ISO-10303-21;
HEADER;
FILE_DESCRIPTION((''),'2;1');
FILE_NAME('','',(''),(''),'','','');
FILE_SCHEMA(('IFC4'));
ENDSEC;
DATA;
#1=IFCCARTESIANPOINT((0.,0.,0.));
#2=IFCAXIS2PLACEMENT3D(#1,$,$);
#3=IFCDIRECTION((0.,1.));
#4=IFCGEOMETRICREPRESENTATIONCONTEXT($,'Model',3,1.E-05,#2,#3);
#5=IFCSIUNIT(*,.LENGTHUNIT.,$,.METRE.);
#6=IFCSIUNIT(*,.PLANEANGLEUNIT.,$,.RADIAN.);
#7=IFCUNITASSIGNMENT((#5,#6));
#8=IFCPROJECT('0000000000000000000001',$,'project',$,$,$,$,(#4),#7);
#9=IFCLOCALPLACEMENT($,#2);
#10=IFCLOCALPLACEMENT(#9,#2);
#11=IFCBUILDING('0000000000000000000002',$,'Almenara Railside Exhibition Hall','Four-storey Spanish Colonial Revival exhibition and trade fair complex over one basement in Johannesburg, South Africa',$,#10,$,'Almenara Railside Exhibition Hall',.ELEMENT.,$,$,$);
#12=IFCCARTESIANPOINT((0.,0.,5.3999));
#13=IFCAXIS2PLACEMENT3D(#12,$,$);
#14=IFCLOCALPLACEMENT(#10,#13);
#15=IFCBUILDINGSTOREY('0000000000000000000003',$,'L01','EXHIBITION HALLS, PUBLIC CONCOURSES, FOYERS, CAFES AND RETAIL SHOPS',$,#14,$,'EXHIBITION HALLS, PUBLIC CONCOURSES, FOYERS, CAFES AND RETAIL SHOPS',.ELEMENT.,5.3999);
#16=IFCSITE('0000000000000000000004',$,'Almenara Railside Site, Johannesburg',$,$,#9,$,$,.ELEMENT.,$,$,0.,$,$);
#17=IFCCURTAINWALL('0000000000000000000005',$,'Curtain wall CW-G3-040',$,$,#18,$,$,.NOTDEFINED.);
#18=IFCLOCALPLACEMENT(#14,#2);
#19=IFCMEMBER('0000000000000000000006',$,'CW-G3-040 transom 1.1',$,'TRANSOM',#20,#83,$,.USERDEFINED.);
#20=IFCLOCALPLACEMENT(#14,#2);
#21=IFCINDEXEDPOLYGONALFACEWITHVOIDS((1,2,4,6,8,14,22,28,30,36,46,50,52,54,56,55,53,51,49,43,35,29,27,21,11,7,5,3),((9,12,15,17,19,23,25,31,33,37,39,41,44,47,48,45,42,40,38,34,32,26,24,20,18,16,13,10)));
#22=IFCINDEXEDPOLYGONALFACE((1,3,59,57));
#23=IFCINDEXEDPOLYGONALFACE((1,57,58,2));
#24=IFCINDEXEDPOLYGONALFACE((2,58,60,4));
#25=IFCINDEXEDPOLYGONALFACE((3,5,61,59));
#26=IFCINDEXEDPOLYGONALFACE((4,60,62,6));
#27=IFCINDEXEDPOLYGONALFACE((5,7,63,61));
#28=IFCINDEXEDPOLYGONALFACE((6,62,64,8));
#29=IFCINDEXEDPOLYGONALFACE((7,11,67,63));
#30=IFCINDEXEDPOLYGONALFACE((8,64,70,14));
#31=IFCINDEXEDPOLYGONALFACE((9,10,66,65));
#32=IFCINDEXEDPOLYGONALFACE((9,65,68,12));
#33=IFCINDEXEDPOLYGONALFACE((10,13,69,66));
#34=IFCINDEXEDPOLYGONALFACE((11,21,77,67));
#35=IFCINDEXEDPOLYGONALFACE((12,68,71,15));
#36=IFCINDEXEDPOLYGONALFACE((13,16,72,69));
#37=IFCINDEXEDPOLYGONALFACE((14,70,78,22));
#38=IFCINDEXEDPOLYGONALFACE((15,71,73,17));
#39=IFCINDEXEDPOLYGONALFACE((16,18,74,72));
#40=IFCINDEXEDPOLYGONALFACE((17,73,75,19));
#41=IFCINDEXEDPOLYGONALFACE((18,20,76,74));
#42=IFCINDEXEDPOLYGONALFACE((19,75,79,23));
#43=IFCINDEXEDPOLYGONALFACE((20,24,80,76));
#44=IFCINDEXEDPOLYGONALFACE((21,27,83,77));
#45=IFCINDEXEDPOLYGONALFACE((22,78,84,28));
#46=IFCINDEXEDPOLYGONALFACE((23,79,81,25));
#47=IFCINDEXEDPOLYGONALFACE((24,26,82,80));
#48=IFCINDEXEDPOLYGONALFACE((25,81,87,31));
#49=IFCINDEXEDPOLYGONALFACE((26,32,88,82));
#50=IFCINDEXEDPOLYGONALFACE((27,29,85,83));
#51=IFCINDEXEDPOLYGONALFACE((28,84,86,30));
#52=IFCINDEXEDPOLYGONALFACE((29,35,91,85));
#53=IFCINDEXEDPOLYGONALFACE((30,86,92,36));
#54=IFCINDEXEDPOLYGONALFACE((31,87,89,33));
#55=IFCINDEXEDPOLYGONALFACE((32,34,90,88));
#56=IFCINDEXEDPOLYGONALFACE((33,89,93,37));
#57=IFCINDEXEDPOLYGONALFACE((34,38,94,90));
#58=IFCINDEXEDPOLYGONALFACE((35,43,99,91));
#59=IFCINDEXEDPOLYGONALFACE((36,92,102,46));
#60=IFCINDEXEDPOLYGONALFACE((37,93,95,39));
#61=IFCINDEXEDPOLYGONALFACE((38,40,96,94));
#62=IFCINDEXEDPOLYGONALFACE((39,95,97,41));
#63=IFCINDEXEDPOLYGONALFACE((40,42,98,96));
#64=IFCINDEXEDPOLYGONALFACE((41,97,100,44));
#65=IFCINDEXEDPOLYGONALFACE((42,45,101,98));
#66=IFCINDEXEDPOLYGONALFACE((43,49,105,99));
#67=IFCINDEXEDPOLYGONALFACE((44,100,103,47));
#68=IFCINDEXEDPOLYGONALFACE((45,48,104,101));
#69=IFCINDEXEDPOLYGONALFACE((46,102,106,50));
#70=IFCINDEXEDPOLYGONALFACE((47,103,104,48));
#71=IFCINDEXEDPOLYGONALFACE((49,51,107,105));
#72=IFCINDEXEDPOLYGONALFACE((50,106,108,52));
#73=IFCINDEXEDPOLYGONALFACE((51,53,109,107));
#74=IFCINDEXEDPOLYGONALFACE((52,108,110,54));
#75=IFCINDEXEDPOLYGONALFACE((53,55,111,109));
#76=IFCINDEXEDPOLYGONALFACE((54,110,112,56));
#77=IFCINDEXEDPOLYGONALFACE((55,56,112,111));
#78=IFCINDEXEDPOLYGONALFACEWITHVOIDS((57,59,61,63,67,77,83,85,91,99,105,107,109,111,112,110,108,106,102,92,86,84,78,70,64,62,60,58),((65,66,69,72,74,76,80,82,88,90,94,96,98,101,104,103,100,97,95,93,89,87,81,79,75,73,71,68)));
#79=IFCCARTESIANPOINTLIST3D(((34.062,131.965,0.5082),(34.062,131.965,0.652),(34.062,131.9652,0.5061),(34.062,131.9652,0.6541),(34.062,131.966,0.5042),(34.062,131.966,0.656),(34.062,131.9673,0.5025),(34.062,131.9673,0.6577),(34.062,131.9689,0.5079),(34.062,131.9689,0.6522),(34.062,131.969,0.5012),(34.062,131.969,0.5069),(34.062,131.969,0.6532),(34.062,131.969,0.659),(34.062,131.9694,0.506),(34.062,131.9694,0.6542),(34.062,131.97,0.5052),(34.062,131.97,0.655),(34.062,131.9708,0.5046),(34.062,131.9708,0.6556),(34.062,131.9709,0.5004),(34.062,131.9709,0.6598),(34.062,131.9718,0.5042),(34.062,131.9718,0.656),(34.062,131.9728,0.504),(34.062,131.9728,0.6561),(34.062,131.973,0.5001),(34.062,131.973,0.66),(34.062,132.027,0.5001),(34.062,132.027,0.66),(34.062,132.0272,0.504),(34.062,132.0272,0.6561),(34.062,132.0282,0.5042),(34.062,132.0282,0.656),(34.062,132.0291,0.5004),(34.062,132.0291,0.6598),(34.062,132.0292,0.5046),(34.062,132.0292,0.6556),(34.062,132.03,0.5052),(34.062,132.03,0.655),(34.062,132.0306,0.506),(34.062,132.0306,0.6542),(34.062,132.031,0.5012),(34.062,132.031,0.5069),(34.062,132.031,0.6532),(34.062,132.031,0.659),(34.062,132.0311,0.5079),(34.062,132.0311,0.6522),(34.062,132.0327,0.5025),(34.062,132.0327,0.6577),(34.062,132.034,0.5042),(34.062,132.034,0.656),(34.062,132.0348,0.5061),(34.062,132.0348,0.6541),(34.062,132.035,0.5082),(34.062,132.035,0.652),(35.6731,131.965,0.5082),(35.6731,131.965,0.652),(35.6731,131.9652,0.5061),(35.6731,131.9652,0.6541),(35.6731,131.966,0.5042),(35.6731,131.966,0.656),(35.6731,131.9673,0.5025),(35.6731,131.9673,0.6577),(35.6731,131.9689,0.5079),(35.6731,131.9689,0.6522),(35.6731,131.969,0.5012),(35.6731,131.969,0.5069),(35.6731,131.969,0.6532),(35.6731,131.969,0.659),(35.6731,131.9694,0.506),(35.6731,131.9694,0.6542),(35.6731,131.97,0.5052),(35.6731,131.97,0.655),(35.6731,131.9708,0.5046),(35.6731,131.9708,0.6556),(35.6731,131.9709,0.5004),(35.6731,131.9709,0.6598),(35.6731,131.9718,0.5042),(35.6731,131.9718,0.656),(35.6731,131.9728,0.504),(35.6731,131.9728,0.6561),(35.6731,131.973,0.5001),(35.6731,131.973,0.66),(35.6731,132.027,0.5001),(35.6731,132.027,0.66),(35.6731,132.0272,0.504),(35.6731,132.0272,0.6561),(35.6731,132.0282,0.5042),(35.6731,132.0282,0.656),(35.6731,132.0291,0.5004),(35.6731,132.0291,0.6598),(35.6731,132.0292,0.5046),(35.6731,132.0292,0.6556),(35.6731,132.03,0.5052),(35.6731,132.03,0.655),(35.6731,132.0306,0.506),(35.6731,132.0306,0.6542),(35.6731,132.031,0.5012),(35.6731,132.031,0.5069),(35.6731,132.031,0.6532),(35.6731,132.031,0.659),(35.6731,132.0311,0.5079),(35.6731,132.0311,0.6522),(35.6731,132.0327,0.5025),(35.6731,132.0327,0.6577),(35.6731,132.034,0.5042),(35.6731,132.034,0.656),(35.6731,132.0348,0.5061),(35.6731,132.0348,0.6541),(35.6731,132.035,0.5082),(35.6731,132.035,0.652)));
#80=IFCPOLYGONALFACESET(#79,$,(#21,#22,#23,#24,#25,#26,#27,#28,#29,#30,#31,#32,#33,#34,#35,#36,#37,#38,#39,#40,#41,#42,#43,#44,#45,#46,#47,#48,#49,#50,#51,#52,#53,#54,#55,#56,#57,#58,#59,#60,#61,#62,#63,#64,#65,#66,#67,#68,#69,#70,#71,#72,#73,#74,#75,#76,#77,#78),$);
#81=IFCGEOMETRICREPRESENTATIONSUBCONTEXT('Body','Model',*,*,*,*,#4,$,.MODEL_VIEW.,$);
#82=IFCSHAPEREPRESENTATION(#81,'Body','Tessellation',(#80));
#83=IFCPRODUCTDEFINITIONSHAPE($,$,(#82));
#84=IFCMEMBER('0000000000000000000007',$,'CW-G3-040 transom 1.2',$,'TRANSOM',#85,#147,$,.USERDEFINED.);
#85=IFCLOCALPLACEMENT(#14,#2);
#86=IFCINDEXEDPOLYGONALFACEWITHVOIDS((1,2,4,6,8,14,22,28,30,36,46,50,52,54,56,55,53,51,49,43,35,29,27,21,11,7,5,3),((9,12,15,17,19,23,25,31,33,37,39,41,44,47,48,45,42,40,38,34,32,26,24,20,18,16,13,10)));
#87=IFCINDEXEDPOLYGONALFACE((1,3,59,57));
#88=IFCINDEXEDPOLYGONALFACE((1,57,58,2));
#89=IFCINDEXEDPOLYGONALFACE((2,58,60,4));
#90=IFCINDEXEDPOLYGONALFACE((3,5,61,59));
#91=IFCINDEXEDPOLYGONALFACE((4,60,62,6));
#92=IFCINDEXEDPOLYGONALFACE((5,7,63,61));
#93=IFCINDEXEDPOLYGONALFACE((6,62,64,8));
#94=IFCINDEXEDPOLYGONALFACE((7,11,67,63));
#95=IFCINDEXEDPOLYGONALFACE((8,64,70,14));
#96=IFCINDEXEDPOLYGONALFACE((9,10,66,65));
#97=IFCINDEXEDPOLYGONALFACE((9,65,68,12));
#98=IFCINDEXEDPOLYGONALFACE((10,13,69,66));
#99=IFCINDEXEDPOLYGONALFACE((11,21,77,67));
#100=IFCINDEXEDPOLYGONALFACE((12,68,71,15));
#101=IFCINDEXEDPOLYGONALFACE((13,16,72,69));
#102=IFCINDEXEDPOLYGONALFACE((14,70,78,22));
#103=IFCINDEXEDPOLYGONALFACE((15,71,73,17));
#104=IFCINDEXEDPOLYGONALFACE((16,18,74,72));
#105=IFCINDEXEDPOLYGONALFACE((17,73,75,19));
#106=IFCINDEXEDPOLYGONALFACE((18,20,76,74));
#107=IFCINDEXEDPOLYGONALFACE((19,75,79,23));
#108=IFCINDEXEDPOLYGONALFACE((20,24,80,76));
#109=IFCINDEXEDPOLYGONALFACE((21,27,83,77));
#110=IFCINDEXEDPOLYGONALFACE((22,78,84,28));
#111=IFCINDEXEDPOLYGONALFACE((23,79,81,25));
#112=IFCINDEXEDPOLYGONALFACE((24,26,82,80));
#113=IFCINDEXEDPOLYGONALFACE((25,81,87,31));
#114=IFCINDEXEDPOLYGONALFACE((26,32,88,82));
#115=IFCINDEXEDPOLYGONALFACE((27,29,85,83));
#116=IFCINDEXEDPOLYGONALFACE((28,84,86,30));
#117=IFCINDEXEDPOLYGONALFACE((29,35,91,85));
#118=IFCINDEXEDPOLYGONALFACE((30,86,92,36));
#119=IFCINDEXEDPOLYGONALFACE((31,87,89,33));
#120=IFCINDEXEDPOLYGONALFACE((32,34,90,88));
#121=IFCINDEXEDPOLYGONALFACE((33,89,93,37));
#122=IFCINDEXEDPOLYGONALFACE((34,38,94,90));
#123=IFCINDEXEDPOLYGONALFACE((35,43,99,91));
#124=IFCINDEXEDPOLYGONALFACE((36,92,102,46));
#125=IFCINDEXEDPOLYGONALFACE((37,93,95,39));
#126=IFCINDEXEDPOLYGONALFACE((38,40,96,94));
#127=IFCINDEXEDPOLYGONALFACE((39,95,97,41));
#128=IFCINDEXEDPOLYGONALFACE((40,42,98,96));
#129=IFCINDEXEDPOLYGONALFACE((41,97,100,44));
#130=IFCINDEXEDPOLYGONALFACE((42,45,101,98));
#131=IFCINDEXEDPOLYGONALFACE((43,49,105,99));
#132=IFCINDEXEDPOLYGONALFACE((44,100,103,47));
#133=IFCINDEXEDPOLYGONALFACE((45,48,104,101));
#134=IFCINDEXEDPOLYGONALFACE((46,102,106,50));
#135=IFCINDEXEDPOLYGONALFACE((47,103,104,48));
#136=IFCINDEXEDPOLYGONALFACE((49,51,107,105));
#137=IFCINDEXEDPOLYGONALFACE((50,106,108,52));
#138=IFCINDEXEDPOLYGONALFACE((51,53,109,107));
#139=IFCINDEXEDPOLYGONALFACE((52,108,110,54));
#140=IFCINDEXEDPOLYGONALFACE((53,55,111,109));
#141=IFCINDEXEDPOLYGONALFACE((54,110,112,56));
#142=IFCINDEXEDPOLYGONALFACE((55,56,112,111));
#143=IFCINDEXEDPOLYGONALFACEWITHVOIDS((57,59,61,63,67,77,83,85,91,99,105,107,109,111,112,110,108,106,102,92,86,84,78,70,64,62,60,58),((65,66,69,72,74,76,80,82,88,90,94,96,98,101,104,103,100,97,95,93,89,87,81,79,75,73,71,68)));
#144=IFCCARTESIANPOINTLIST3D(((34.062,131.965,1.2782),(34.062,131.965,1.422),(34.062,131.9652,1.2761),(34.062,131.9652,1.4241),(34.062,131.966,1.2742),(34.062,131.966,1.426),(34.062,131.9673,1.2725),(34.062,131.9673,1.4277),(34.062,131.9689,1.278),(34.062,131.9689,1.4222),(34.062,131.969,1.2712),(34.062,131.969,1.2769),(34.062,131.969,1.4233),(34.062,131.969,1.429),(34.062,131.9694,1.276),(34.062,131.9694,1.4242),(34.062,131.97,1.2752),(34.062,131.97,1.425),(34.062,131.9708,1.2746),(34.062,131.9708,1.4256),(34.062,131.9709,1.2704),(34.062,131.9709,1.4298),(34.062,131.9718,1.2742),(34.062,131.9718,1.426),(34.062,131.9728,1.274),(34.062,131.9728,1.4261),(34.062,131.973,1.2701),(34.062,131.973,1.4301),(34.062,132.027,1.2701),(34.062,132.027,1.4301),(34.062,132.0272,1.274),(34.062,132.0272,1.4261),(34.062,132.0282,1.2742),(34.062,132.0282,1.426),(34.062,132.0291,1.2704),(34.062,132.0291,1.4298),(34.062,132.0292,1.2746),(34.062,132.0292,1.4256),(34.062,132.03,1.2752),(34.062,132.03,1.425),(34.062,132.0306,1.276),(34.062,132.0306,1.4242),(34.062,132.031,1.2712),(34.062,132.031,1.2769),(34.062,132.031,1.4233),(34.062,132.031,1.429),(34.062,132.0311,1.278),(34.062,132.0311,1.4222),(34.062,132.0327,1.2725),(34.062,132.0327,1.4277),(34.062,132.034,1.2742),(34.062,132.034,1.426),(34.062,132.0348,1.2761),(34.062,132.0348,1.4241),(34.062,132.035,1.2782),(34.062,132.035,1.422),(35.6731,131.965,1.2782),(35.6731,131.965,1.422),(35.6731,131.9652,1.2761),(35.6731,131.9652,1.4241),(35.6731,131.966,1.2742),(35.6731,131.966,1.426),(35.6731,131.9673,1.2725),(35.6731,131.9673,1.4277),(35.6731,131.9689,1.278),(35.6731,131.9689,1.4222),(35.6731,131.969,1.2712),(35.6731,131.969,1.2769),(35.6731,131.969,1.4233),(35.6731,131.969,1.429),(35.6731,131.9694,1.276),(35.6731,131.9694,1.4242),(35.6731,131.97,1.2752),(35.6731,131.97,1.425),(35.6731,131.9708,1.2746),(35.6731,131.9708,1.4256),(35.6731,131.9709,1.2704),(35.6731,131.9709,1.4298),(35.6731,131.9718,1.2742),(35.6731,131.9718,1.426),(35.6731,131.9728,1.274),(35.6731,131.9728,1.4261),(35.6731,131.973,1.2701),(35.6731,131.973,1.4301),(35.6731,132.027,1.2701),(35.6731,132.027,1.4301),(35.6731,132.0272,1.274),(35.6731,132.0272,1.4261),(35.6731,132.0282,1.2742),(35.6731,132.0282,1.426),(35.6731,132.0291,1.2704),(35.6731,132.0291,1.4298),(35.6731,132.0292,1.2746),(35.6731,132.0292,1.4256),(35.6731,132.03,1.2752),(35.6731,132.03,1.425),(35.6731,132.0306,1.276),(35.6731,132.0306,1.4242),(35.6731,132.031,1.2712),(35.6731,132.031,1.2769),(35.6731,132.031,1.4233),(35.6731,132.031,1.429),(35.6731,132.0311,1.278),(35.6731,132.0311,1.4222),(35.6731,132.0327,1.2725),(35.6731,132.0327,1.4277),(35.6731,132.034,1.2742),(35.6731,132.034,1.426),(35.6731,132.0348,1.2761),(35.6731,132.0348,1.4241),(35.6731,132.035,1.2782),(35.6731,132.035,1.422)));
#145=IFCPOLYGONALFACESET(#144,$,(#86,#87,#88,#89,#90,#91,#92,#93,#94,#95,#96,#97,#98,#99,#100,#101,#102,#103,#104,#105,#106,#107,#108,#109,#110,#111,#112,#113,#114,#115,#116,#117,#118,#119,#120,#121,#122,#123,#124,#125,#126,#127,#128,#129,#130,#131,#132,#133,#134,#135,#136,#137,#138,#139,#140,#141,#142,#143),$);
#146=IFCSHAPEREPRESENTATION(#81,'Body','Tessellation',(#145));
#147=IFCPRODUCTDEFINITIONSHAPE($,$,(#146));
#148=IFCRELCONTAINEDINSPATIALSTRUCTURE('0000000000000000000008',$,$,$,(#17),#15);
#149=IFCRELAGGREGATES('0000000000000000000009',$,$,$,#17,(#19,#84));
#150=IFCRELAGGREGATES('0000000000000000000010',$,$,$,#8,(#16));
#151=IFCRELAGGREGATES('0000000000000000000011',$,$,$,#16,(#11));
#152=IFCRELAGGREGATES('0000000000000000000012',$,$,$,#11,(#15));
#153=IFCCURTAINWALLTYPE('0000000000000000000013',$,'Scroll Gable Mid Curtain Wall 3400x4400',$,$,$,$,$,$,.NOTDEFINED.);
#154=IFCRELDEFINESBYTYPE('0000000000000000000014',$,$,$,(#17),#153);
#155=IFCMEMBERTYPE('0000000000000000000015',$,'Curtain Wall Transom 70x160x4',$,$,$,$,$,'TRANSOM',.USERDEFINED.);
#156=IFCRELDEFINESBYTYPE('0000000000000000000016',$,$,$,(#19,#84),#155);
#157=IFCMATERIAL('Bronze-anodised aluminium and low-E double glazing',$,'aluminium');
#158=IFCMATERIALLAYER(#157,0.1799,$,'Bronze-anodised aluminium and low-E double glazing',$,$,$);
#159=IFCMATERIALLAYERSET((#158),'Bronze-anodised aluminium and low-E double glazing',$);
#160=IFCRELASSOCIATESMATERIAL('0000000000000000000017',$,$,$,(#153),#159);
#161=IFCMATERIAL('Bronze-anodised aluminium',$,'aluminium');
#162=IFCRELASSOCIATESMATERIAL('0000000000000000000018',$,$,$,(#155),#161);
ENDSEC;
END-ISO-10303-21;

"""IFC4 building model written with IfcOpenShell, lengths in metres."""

from ifc_helpers import new_model, si_unit, direction, frame, origin, origin_2d, place, context, subcontext, project, spatial, hollow_rectangle, extrude, material, layer, layer_set, material_profile, profile_set, type_object, element, aggregate, save


model = new_model("IFC4")

# Units and contexts
model_context = context("Model", 3, precision=1e-05, world=origin(), true_north=direction((0.0, 1.0)))
body_context = subcontext(model_context, "Body", "Model", "MODEL_VIEW")
ifc_project = project(units=[si_unit("LENGTHUNIT", "METRE"), si_unit("PLANEANGLEUNIT", "RADIAN")], contexts=[model_context])

# Site, building, storey
site_placement = place(None, origin())
site = spatial("IfcSite", under=ifc_project, at=site_placement, Name="Almenara Railside Site, Johannesburg", CompositionType="ELEMENT", RefElevation=0.0)
building_placement = place(site_placement, origin())
building = spatial("IfcBuilding", under=site, at=building_placement, Name="Almenara Railside Exhibition Hall", Description="Four-storey Spanish Colonial Revival exhibition and trade fair complex over one basement in Johannesburg, South Africa", LongName="Almenara Railside Exhibition Hall", CompositionType="ELEMENT")
storey_placement = place(building_placement, frame((0.0, 0.0, 5.3999)))
storey = spatial("IfcBuildingStorey", under=building, at=storey_placement, Name="L01", Description="EXHIBITION HALLS, PUBLIC CONCOURSES, FOYERS, CAFES AND RETAIL SHOPS", LongName="EXHIBITION HALLS, PUBLIC CONCOURSES, FOYERS, CAFES AND RETAIL SHOPS", CompositionType="ELEMENT", Elevation=5.3999)

# Shared definitions
ifc_material_1 = material(Name="Bronze-anodised aluminium and low-E double glazing", Category="aluminium")
ifc_layer_1 = layer(ifc_material_1, 0.1799, Name="Bronze-anodised aluminium and low-E double glazing")
ifc_layer_set_1 = layer_set([ifc_layer_1], Name="Bronze-anodised aluminium and low-E double glazing")
curtain_wall_type = type_object("IfcCurtainWallType", Name="Scroll Gable Mid Curtain Wall 3400x4400", PredefinedType="NOTDEFINED", material=ifc_layer_set_1)
ifc_material_2 = material(Name="Bronze-anodised aluminium", Category="aluminium")

# Curtain wall
curtain_wall_1_placement = place(storey_placement, origin())
curtain_wall_1 = element("IfcCurtainWall", 1, at=curtain_wall_1_placement, inside=storey, type_object=curtain_wall_type, Name="Curtain wall CW-G3-040", PredefinedType="NOTDEFINED")

# Members
ifc_material_profile_1 = material_profile(ifc_material_2, hollow_rectangle(XDim=0.0701, YDim=0.1599, WallThickness=0.0039, InnerFilletRadius=0.0039, OuterFilletRadius=0.0081, at=origin_2d()), Name="ALU-TRN 70x160x4")
ifc_profile_set_1 = profile_set([ifc_material_profile_1], Name="Bronze-anodised aluminium")
member_type_1 = type_object("IfcMemberType", Name="Curtain Wall Transom 70x160x4", ElementType="TRANSOM", PredefinedType="USERDEFINED", material=ifc_profile_set_1)
member_1_placement = place(storey_placement, frame((34.062, 132.0, 0.5801), z_axis=(1.0, 0.0, 0.0), x_axis=(0.0, 1.0, 0.0)))
member_1 = element("IfcMember", 2, at=member_1_placement, type_object=member_type_1, Name="CW-G3-040 transom 1.1", ObjectType="TRANSOM", PredefinedType="USERDEFINED", context=body_context, shape_type="SweptSolid", body=[
    extrude(hollow_rectangle(XDim=0.0701, YDim=0.1599, WallThickness=0.0039, InnerFilletRadius=0.0039, OuterFilletRadius=0.0081, at=origin_2d()), origin(), (0.0, 0.0, 1.0), 1.6111),
])
member_2_placement = place(storey_placement, frame((34.062, 132.0, 1.3501), z_axis=(1.0, 0.0, 0.0), x_axis=(0.0, 1.0, 0.0)))
member_2 = element("IfcMember", 3, at=member_2_placement, type_object=member_type_1, Name="CW-G3-040 transom 1.2", ObjectType="TRANSOM", PredefinedType="USERDEFINED", context=body_context, shape_type="SweptSolid", body=[
    extrude(hollow_rectangle(XDim=0.0701, YDim=0.1599, WallThickness=0.0039, InnerFilletRadius=0.0039, OuterFilletRadius=0.0081, at=origin_2d()), origin(), (0.0, 0.0, 1.0), 1.6111),
])

aggregate(curtain_wall_1, [member_1, member_2])

save(model, "model.ifc")
